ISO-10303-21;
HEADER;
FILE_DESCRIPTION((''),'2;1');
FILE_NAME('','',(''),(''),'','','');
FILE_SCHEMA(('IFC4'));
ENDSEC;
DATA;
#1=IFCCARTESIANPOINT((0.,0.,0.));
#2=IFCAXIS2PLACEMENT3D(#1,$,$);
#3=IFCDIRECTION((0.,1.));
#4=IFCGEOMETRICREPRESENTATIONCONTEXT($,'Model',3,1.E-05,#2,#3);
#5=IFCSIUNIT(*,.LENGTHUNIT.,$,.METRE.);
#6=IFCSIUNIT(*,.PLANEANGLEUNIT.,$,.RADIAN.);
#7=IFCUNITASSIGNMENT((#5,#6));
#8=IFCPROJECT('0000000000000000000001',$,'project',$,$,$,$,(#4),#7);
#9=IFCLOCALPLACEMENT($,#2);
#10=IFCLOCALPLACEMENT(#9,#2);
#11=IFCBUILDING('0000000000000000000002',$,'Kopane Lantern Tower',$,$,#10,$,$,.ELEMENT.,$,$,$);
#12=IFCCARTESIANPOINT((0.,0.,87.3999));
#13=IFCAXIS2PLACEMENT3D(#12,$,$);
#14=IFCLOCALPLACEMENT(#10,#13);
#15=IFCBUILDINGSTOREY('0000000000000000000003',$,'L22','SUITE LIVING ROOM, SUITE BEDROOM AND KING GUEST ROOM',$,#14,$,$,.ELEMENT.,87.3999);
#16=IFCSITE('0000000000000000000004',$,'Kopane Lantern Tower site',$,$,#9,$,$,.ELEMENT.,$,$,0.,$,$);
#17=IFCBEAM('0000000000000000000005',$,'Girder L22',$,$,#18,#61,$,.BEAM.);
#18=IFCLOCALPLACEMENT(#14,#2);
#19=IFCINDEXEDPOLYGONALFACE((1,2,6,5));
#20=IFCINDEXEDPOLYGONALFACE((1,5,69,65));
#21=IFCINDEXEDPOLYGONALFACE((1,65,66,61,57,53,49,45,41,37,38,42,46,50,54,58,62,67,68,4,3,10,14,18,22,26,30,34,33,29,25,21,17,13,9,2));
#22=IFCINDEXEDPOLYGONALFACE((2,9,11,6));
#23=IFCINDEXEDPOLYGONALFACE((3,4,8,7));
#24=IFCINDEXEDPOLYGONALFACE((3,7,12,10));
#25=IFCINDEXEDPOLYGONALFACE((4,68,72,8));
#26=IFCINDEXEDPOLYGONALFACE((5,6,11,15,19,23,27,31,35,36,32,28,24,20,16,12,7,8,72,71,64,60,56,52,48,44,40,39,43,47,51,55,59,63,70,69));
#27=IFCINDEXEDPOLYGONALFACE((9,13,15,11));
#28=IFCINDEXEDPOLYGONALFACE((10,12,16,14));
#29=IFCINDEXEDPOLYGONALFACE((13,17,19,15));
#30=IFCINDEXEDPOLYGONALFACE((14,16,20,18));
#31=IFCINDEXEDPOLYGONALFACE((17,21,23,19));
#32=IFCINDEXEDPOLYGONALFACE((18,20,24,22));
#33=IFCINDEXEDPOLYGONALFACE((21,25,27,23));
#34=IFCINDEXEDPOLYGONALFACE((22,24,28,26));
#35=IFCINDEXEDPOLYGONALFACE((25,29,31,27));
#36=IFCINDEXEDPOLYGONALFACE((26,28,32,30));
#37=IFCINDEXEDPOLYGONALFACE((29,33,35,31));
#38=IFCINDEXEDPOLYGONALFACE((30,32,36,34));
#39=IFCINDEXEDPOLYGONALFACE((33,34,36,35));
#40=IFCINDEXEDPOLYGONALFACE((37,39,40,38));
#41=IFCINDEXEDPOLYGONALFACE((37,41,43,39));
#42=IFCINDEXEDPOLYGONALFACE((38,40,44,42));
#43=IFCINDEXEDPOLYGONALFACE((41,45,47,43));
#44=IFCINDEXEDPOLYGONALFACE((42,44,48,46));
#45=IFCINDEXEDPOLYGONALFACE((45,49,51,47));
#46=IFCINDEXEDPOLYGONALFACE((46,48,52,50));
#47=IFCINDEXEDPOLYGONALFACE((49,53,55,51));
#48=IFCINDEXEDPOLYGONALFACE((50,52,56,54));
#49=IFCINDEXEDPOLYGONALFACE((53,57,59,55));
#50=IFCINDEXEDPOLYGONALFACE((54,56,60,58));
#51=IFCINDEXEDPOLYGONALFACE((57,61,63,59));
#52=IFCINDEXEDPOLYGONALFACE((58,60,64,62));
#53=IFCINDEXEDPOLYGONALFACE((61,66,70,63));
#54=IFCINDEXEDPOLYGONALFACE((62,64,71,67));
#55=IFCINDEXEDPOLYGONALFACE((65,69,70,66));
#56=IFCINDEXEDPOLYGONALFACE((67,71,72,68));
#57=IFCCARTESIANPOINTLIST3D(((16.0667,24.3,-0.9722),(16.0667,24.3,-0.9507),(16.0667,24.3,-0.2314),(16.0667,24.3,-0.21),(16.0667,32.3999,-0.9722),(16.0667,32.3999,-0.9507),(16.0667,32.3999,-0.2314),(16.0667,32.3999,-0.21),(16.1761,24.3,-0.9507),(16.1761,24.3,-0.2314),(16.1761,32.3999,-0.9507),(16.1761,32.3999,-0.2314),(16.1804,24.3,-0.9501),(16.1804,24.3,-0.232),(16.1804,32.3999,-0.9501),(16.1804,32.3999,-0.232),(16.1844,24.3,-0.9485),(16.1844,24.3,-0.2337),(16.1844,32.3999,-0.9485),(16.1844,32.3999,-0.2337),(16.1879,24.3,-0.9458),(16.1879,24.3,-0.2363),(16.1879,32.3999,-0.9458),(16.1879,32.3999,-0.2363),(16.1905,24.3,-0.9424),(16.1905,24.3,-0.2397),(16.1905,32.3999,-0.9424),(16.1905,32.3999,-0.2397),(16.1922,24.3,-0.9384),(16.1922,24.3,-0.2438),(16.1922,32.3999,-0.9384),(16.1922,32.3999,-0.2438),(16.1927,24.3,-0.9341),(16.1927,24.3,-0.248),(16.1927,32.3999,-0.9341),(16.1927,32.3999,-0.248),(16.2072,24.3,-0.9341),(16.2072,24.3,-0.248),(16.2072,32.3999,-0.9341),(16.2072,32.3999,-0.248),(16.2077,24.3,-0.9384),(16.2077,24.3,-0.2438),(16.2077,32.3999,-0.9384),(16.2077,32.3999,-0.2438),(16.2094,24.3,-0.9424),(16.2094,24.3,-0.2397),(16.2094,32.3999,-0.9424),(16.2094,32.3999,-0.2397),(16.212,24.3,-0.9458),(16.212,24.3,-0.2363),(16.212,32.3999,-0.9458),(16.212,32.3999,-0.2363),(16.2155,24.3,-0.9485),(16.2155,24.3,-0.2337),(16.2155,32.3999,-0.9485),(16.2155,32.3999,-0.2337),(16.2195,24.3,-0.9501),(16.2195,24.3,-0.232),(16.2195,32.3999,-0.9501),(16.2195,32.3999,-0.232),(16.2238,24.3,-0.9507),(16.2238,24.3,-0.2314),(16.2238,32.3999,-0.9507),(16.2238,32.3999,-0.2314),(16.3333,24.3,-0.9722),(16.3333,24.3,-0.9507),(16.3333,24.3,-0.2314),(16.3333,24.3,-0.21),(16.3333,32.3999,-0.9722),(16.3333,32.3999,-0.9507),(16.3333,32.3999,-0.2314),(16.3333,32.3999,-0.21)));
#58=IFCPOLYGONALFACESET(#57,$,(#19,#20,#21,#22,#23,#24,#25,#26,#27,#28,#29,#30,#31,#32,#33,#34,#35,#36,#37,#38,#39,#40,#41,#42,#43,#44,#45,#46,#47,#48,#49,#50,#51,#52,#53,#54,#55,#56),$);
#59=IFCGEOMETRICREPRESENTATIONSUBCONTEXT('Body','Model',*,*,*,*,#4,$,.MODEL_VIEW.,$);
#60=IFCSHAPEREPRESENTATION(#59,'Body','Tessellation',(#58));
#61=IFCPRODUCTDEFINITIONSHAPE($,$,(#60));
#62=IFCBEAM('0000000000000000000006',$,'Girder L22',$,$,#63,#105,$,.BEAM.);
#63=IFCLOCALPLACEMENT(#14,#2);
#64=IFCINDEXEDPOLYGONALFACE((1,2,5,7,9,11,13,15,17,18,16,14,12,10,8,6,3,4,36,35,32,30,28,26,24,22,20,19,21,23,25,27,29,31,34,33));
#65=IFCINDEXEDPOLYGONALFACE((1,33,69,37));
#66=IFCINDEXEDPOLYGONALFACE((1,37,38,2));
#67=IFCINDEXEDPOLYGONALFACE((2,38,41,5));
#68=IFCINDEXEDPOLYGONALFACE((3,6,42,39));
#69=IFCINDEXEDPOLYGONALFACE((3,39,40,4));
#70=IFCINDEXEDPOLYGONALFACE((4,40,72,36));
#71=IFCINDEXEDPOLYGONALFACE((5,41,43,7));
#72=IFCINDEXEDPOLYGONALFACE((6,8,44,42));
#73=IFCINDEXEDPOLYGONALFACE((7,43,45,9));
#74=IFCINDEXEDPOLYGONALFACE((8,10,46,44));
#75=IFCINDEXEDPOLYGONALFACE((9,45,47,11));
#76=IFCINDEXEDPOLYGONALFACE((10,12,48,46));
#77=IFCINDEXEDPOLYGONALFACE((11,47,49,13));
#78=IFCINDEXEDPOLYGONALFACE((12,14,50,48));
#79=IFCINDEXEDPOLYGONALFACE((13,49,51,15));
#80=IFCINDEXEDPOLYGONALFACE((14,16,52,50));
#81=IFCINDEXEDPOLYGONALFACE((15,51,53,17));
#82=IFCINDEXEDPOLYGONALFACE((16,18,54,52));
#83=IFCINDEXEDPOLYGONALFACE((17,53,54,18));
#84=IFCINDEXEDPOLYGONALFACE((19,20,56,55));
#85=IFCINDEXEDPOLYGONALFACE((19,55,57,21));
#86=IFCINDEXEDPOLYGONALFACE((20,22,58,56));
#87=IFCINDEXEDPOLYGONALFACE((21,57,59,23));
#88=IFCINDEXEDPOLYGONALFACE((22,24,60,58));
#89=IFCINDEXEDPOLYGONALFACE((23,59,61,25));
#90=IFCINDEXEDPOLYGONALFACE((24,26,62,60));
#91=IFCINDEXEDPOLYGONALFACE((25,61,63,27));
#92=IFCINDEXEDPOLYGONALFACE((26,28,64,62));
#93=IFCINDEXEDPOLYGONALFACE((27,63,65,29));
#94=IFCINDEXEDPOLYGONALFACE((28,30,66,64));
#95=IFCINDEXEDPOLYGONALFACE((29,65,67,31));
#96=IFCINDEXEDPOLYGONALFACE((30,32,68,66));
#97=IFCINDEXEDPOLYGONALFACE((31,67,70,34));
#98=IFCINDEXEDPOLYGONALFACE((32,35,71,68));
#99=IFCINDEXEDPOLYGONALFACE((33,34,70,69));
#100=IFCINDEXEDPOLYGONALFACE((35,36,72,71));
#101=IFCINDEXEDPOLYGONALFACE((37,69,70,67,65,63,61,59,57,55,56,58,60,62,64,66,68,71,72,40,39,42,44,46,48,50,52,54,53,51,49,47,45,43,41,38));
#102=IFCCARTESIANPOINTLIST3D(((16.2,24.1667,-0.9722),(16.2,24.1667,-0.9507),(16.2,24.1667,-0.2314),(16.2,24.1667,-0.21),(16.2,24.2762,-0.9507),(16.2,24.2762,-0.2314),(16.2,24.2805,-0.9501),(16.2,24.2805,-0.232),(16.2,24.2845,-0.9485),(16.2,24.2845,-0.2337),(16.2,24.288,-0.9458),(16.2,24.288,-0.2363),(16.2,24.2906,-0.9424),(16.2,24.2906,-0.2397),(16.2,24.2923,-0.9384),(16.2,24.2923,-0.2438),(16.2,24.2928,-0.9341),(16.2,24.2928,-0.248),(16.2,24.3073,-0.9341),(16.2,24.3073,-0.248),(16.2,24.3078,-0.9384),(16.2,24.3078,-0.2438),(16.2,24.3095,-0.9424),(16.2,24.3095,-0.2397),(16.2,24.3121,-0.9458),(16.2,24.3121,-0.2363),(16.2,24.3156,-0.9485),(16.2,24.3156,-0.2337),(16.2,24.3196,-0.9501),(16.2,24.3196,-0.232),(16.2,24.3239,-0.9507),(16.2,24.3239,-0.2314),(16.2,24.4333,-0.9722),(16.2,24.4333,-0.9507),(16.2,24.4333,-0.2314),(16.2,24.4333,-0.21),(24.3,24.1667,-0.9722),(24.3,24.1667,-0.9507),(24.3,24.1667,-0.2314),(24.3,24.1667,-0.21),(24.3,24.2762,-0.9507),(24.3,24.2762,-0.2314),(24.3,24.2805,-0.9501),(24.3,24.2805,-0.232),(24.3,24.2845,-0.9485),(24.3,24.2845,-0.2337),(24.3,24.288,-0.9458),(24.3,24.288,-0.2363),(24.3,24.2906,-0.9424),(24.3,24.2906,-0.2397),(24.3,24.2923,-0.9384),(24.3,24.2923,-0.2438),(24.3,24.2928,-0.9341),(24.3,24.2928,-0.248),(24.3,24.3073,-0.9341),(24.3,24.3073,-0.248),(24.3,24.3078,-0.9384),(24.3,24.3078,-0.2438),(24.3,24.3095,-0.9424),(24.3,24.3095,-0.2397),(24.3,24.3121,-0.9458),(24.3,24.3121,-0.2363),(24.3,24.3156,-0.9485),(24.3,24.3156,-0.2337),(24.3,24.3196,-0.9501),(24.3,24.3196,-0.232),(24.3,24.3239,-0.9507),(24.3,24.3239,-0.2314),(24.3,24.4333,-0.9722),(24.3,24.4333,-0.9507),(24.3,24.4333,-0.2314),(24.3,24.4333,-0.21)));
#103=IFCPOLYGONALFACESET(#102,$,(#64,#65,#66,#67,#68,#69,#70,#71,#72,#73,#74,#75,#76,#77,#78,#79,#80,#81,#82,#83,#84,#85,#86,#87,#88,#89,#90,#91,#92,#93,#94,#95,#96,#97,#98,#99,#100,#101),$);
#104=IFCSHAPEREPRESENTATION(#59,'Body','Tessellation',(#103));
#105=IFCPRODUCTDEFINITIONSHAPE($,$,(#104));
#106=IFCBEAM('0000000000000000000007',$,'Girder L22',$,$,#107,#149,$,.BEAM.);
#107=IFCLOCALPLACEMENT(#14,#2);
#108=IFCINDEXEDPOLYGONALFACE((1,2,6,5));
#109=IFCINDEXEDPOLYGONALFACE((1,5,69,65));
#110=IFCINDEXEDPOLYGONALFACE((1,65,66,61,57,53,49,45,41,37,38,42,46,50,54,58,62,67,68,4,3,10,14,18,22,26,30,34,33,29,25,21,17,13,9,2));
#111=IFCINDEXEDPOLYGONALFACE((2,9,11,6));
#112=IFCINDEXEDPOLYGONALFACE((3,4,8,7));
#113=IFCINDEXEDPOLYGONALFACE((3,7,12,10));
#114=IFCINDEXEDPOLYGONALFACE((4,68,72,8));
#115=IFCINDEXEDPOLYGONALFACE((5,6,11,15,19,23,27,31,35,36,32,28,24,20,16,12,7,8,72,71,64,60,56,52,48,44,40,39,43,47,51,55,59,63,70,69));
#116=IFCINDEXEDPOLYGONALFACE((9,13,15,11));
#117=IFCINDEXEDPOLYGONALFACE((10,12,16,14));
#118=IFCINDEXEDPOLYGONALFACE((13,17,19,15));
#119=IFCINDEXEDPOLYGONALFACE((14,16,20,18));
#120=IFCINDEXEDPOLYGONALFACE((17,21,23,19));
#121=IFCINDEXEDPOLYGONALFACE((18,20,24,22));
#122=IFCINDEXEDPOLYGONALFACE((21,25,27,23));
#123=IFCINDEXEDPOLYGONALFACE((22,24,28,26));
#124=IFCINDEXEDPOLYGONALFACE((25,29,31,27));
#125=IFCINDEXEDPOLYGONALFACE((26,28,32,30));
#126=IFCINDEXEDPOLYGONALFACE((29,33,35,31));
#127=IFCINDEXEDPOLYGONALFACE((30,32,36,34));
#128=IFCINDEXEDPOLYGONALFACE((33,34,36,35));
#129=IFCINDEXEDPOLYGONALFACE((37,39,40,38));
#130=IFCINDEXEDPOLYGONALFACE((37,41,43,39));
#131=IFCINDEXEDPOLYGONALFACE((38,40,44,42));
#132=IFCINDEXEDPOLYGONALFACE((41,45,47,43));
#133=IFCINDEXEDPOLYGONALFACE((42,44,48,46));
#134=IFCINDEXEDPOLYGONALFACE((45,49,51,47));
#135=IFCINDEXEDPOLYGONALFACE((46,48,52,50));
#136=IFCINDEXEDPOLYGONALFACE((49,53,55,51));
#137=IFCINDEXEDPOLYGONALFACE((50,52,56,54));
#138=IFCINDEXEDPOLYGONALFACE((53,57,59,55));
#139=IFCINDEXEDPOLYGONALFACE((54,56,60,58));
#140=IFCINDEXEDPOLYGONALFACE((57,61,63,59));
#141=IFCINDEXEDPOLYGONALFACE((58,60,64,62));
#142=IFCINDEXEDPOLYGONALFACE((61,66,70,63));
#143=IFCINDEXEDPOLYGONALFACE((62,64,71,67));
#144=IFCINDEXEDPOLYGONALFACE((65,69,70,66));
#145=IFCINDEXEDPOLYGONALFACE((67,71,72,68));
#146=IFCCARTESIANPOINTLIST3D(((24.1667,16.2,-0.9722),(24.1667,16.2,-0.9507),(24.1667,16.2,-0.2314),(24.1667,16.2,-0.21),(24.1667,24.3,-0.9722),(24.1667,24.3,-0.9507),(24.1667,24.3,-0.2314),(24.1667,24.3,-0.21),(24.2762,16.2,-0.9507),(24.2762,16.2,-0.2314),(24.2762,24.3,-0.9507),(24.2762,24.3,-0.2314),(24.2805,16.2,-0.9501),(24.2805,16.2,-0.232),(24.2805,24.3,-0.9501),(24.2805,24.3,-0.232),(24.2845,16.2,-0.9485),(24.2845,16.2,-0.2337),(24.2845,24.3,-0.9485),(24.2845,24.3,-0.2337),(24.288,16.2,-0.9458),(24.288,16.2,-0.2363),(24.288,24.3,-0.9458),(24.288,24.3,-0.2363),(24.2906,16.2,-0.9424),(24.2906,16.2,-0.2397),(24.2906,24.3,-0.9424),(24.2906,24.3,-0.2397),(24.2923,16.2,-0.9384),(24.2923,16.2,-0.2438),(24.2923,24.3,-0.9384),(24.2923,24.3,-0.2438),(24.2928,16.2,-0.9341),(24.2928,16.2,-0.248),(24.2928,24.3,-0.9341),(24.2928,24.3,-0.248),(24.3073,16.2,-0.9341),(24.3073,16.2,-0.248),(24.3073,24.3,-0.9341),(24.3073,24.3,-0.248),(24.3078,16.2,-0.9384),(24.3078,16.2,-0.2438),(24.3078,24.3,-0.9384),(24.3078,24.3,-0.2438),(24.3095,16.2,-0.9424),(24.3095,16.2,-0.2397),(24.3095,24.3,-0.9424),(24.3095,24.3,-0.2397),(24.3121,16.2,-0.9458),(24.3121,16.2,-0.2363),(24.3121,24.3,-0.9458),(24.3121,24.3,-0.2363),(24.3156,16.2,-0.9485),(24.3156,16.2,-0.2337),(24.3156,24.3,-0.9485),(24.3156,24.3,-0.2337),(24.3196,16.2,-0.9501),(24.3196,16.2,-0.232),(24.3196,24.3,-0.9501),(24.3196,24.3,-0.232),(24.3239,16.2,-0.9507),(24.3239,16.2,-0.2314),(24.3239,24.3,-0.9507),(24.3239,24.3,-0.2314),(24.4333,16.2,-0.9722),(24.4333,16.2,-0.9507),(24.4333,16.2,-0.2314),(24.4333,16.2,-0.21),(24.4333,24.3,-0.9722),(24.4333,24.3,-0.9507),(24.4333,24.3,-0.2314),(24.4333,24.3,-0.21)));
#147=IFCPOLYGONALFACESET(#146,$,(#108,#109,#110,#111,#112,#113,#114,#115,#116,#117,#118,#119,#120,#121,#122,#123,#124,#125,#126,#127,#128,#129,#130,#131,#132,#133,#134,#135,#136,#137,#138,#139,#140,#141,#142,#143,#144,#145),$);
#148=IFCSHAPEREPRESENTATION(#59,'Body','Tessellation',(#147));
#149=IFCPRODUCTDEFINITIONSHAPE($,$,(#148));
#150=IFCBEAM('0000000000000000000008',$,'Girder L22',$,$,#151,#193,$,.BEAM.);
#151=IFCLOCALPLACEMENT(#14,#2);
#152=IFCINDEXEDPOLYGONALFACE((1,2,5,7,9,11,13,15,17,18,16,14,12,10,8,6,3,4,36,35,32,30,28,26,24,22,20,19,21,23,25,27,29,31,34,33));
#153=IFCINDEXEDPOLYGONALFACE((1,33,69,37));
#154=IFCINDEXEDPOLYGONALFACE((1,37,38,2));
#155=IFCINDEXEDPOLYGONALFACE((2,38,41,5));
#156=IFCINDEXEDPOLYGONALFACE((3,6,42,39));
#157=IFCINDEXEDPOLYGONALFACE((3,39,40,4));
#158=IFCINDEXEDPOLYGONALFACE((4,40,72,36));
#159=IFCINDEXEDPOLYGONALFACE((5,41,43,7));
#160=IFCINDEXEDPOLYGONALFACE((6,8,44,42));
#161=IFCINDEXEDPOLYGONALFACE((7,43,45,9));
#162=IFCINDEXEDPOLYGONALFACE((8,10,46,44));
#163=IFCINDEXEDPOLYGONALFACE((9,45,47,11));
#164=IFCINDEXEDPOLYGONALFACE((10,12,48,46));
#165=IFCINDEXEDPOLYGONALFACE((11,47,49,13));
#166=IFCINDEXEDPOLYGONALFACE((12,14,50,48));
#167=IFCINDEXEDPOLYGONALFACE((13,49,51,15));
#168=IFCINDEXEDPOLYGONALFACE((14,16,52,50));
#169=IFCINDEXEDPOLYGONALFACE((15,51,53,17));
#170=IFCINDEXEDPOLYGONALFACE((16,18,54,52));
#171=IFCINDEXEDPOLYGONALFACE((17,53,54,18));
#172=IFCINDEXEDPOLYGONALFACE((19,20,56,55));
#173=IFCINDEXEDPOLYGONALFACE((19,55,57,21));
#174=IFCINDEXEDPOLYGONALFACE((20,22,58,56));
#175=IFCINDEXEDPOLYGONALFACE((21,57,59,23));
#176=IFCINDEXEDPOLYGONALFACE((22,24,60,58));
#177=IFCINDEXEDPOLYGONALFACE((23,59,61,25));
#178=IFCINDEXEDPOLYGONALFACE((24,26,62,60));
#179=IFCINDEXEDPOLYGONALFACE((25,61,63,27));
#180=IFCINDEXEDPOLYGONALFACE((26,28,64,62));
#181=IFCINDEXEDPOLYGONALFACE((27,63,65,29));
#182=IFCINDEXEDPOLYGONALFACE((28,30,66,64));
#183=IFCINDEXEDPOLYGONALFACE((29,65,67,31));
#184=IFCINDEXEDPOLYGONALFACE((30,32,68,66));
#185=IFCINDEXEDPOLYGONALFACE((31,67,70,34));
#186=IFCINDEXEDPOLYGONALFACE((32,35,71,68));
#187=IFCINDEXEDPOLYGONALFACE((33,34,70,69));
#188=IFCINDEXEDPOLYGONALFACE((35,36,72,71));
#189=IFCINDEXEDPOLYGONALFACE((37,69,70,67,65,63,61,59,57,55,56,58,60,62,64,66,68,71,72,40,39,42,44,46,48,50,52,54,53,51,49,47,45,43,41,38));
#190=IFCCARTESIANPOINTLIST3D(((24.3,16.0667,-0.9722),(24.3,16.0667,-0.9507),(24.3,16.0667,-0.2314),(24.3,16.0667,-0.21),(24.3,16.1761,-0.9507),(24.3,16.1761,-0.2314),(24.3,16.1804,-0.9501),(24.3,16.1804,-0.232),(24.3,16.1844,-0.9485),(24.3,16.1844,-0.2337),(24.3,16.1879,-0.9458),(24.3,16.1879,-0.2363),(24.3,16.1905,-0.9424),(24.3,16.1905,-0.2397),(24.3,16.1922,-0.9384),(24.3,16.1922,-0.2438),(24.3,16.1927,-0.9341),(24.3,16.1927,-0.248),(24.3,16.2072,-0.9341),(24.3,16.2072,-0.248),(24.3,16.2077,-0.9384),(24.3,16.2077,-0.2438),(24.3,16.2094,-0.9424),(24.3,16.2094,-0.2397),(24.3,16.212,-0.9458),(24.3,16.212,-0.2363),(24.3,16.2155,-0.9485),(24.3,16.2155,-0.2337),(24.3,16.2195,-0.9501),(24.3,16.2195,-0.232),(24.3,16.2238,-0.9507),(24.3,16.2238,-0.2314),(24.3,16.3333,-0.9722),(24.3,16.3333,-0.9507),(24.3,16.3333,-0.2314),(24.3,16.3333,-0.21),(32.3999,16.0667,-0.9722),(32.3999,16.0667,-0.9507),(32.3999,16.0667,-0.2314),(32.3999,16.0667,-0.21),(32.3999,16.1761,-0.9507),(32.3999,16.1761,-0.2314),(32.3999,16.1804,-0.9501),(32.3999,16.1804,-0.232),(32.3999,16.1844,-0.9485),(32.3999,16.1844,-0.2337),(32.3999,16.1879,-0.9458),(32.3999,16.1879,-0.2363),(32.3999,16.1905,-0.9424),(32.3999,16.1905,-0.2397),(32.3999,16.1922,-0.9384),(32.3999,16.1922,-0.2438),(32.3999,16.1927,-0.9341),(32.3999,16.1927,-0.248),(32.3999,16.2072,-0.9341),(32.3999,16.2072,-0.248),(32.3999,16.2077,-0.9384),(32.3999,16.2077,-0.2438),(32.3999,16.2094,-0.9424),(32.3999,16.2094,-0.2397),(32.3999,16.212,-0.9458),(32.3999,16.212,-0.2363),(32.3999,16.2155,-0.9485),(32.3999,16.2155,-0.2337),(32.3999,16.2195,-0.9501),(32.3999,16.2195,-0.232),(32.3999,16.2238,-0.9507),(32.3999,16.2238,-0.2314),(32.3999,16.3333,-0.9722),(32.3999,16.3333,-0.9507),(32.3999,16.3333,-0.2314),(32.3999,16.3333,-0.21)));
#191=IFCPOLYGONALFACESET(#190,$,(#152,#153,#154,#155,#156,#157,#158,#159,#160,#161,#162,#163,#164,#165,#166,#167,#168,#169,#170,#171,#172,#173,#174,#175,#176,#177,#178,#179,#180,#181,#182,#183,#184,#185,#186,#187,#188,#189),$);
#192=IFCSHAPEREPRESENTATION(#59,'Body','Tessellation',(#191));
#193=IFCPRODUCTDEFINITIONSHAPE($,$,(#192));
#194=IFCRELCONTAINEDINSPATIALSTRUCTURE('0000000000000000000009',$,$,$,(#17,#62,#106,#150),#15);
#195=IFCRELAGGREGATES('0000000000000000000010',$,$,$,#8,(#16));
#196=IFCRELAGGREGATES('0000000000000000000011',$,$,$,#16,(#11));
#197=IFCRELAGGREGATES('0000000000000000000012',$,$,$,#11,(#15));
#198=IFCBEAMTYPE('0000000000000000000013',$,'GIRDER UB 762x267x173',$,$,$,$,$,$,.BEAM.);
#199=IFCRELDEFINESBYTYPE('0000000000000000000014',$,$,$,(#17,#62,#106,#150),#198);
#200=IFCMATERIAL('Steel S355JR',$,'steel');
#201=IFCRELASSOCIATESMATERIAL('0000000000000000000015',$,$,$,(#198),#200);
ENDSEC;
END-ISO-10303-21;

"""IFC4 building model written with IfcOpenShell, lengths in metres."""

from ifc_helpers import new_model, si_unit, direction, frame, origin, origin_2d, place, context, subcontext, project, spatial, i_section, extrude, material, material_profile, profile_set, type_object, element, save


model = new_model("IFC4")

# Units and contexts
model_context = context("Model", 3, precision=1e-05, world=origin(), true_north=direction((0.0, 1.0)))
body_context = subcontext(model_context, "Body", "Model", "MODEL_VIEW")
ifc_project = project(units=[si_unit("LENGTHUNIT", "METRE"), si_unit("PLANEANGLEUNIT", "RADIAN")], contexts=[model_context])

# Site, building, storey
site_placement = place(None, origin())
site = spatial("IfcSite", under=ifc_project, at=site_placement, Name="Kopane Lantern Tower site", CompositionType="ELEMENT", RefElevation=0.0)
building_placement = place(site_placement, origin())
building = spatial("IfcBuilding", under=site, at=building_placement, Name="Kopane Lantern Tower", CompositionType="ELEMENT")
storey_placement = place(building_placement, frame((0.0, 0.0, 87.3999)))
storey = spatial("IfcBuildingStorey", under=building, at=storey_placement, Name="L22", Description="SUITE LIVING ROOM, SUITE BEDROOM AND KING GUEST ROOM", CompositionType="ELEMENT", Elevation=87.3999)

# Beams
ifc_material_1 = material(Name="Steel S355JR", Category="steel")
ifc_material_profile_1 = material_profile(ifc_material_1, i_section(OverallWidth=0.2666, OverallDepth=0.7622, WebThickness=0.0144, FlangeThickness=0.0215, FilletRadius=0.0166, at=origin_2d()), Name="UB 762x267x173")
ifc_profile_set_1 = profile_set([ifc_material_profile_1], Name="Steel S355JR")
beam_type_1 = type_object("IfcBeamType", Name="GIRDER UB 762x267x173", PredefinedType="BEAM", material=ifc_profile_set_1)
beam_1_placement = place(storey_placement, frame((16.2, 24.3, -0.5911), z_axis=(0.0, 1.0, 0.0), x_axis=(-1.0, 0.0, 0.0)))
element("IfcBeam", 1, at=beam_1_placement, inside=storey, type_object=beam_type_1, Name="Girder L22", PredefinedType="BEAM", context=body_context, shape_type="SweptSolid", body=[
    extrude(i_section(OverallWidth=0.2666, OverallDepth=0.7622, WebThickness=0.0144, FlangeThickness=0.0215, FilletRadius=0.0166, at=origin_2d()), origin(), (0.0, 0.0, 1.0), 8.0999),
])
for number, where, z_axis, x_axis, name in (
    (2, (16.2, 24.3, -0.5911), (1.0, 0.0, 0.0), (0.0, 1.0, 0.0), "Girder L22"),
    (3, (24.3, 16.2, -0.5911), (0.0, 1.0, 0.0), (-1.0, 0.0, 0.0), "Girder L22"),
):
    element("IfcBeam", number, at=place(storey_placement, frame(where, z_axis=z_axis, x_axis=x_axis)), inside=storey, type_object=beam_type_1, Name=name, PredefinedType="BEAM", context=body_context, shape_type="SweptSolid", body=[
        extrude(i_section(OverallWidth=0.2666, OverallDepth=0.7622, WebThickness=0.0144, FlangeThickness=0.0215, FilletRadius=0.0166, at=origin_2d()), origin(), (0.0, 0.0, 1.0), 8.1001),
    ])
beam_2_placement = place(storey_placement, frame((24.3, 16.2, -0.5911), z_axis=(1.0, 0.0, 0.0), x_axis=(0.0, 1.0, 0.0)))
element("IfcBeam", 4, at=beam_2_placement, inside=storey, type_object=beam_type_1, Name="Girder L22", PredefinedType="BEAM", context=body_context, shape_type="SweptSolid", body=[
    extrude(i_section(OverallWidth=0.2666, OverallDepth=0.7622, WebThickness=0.0144, FlangeThickness=0.0215, FilletRadius=0.0166, at=origin_2d()), origin(), (0.0, 0.0, 1.0), 8.0999),
])

save(model, "model.ifc")
